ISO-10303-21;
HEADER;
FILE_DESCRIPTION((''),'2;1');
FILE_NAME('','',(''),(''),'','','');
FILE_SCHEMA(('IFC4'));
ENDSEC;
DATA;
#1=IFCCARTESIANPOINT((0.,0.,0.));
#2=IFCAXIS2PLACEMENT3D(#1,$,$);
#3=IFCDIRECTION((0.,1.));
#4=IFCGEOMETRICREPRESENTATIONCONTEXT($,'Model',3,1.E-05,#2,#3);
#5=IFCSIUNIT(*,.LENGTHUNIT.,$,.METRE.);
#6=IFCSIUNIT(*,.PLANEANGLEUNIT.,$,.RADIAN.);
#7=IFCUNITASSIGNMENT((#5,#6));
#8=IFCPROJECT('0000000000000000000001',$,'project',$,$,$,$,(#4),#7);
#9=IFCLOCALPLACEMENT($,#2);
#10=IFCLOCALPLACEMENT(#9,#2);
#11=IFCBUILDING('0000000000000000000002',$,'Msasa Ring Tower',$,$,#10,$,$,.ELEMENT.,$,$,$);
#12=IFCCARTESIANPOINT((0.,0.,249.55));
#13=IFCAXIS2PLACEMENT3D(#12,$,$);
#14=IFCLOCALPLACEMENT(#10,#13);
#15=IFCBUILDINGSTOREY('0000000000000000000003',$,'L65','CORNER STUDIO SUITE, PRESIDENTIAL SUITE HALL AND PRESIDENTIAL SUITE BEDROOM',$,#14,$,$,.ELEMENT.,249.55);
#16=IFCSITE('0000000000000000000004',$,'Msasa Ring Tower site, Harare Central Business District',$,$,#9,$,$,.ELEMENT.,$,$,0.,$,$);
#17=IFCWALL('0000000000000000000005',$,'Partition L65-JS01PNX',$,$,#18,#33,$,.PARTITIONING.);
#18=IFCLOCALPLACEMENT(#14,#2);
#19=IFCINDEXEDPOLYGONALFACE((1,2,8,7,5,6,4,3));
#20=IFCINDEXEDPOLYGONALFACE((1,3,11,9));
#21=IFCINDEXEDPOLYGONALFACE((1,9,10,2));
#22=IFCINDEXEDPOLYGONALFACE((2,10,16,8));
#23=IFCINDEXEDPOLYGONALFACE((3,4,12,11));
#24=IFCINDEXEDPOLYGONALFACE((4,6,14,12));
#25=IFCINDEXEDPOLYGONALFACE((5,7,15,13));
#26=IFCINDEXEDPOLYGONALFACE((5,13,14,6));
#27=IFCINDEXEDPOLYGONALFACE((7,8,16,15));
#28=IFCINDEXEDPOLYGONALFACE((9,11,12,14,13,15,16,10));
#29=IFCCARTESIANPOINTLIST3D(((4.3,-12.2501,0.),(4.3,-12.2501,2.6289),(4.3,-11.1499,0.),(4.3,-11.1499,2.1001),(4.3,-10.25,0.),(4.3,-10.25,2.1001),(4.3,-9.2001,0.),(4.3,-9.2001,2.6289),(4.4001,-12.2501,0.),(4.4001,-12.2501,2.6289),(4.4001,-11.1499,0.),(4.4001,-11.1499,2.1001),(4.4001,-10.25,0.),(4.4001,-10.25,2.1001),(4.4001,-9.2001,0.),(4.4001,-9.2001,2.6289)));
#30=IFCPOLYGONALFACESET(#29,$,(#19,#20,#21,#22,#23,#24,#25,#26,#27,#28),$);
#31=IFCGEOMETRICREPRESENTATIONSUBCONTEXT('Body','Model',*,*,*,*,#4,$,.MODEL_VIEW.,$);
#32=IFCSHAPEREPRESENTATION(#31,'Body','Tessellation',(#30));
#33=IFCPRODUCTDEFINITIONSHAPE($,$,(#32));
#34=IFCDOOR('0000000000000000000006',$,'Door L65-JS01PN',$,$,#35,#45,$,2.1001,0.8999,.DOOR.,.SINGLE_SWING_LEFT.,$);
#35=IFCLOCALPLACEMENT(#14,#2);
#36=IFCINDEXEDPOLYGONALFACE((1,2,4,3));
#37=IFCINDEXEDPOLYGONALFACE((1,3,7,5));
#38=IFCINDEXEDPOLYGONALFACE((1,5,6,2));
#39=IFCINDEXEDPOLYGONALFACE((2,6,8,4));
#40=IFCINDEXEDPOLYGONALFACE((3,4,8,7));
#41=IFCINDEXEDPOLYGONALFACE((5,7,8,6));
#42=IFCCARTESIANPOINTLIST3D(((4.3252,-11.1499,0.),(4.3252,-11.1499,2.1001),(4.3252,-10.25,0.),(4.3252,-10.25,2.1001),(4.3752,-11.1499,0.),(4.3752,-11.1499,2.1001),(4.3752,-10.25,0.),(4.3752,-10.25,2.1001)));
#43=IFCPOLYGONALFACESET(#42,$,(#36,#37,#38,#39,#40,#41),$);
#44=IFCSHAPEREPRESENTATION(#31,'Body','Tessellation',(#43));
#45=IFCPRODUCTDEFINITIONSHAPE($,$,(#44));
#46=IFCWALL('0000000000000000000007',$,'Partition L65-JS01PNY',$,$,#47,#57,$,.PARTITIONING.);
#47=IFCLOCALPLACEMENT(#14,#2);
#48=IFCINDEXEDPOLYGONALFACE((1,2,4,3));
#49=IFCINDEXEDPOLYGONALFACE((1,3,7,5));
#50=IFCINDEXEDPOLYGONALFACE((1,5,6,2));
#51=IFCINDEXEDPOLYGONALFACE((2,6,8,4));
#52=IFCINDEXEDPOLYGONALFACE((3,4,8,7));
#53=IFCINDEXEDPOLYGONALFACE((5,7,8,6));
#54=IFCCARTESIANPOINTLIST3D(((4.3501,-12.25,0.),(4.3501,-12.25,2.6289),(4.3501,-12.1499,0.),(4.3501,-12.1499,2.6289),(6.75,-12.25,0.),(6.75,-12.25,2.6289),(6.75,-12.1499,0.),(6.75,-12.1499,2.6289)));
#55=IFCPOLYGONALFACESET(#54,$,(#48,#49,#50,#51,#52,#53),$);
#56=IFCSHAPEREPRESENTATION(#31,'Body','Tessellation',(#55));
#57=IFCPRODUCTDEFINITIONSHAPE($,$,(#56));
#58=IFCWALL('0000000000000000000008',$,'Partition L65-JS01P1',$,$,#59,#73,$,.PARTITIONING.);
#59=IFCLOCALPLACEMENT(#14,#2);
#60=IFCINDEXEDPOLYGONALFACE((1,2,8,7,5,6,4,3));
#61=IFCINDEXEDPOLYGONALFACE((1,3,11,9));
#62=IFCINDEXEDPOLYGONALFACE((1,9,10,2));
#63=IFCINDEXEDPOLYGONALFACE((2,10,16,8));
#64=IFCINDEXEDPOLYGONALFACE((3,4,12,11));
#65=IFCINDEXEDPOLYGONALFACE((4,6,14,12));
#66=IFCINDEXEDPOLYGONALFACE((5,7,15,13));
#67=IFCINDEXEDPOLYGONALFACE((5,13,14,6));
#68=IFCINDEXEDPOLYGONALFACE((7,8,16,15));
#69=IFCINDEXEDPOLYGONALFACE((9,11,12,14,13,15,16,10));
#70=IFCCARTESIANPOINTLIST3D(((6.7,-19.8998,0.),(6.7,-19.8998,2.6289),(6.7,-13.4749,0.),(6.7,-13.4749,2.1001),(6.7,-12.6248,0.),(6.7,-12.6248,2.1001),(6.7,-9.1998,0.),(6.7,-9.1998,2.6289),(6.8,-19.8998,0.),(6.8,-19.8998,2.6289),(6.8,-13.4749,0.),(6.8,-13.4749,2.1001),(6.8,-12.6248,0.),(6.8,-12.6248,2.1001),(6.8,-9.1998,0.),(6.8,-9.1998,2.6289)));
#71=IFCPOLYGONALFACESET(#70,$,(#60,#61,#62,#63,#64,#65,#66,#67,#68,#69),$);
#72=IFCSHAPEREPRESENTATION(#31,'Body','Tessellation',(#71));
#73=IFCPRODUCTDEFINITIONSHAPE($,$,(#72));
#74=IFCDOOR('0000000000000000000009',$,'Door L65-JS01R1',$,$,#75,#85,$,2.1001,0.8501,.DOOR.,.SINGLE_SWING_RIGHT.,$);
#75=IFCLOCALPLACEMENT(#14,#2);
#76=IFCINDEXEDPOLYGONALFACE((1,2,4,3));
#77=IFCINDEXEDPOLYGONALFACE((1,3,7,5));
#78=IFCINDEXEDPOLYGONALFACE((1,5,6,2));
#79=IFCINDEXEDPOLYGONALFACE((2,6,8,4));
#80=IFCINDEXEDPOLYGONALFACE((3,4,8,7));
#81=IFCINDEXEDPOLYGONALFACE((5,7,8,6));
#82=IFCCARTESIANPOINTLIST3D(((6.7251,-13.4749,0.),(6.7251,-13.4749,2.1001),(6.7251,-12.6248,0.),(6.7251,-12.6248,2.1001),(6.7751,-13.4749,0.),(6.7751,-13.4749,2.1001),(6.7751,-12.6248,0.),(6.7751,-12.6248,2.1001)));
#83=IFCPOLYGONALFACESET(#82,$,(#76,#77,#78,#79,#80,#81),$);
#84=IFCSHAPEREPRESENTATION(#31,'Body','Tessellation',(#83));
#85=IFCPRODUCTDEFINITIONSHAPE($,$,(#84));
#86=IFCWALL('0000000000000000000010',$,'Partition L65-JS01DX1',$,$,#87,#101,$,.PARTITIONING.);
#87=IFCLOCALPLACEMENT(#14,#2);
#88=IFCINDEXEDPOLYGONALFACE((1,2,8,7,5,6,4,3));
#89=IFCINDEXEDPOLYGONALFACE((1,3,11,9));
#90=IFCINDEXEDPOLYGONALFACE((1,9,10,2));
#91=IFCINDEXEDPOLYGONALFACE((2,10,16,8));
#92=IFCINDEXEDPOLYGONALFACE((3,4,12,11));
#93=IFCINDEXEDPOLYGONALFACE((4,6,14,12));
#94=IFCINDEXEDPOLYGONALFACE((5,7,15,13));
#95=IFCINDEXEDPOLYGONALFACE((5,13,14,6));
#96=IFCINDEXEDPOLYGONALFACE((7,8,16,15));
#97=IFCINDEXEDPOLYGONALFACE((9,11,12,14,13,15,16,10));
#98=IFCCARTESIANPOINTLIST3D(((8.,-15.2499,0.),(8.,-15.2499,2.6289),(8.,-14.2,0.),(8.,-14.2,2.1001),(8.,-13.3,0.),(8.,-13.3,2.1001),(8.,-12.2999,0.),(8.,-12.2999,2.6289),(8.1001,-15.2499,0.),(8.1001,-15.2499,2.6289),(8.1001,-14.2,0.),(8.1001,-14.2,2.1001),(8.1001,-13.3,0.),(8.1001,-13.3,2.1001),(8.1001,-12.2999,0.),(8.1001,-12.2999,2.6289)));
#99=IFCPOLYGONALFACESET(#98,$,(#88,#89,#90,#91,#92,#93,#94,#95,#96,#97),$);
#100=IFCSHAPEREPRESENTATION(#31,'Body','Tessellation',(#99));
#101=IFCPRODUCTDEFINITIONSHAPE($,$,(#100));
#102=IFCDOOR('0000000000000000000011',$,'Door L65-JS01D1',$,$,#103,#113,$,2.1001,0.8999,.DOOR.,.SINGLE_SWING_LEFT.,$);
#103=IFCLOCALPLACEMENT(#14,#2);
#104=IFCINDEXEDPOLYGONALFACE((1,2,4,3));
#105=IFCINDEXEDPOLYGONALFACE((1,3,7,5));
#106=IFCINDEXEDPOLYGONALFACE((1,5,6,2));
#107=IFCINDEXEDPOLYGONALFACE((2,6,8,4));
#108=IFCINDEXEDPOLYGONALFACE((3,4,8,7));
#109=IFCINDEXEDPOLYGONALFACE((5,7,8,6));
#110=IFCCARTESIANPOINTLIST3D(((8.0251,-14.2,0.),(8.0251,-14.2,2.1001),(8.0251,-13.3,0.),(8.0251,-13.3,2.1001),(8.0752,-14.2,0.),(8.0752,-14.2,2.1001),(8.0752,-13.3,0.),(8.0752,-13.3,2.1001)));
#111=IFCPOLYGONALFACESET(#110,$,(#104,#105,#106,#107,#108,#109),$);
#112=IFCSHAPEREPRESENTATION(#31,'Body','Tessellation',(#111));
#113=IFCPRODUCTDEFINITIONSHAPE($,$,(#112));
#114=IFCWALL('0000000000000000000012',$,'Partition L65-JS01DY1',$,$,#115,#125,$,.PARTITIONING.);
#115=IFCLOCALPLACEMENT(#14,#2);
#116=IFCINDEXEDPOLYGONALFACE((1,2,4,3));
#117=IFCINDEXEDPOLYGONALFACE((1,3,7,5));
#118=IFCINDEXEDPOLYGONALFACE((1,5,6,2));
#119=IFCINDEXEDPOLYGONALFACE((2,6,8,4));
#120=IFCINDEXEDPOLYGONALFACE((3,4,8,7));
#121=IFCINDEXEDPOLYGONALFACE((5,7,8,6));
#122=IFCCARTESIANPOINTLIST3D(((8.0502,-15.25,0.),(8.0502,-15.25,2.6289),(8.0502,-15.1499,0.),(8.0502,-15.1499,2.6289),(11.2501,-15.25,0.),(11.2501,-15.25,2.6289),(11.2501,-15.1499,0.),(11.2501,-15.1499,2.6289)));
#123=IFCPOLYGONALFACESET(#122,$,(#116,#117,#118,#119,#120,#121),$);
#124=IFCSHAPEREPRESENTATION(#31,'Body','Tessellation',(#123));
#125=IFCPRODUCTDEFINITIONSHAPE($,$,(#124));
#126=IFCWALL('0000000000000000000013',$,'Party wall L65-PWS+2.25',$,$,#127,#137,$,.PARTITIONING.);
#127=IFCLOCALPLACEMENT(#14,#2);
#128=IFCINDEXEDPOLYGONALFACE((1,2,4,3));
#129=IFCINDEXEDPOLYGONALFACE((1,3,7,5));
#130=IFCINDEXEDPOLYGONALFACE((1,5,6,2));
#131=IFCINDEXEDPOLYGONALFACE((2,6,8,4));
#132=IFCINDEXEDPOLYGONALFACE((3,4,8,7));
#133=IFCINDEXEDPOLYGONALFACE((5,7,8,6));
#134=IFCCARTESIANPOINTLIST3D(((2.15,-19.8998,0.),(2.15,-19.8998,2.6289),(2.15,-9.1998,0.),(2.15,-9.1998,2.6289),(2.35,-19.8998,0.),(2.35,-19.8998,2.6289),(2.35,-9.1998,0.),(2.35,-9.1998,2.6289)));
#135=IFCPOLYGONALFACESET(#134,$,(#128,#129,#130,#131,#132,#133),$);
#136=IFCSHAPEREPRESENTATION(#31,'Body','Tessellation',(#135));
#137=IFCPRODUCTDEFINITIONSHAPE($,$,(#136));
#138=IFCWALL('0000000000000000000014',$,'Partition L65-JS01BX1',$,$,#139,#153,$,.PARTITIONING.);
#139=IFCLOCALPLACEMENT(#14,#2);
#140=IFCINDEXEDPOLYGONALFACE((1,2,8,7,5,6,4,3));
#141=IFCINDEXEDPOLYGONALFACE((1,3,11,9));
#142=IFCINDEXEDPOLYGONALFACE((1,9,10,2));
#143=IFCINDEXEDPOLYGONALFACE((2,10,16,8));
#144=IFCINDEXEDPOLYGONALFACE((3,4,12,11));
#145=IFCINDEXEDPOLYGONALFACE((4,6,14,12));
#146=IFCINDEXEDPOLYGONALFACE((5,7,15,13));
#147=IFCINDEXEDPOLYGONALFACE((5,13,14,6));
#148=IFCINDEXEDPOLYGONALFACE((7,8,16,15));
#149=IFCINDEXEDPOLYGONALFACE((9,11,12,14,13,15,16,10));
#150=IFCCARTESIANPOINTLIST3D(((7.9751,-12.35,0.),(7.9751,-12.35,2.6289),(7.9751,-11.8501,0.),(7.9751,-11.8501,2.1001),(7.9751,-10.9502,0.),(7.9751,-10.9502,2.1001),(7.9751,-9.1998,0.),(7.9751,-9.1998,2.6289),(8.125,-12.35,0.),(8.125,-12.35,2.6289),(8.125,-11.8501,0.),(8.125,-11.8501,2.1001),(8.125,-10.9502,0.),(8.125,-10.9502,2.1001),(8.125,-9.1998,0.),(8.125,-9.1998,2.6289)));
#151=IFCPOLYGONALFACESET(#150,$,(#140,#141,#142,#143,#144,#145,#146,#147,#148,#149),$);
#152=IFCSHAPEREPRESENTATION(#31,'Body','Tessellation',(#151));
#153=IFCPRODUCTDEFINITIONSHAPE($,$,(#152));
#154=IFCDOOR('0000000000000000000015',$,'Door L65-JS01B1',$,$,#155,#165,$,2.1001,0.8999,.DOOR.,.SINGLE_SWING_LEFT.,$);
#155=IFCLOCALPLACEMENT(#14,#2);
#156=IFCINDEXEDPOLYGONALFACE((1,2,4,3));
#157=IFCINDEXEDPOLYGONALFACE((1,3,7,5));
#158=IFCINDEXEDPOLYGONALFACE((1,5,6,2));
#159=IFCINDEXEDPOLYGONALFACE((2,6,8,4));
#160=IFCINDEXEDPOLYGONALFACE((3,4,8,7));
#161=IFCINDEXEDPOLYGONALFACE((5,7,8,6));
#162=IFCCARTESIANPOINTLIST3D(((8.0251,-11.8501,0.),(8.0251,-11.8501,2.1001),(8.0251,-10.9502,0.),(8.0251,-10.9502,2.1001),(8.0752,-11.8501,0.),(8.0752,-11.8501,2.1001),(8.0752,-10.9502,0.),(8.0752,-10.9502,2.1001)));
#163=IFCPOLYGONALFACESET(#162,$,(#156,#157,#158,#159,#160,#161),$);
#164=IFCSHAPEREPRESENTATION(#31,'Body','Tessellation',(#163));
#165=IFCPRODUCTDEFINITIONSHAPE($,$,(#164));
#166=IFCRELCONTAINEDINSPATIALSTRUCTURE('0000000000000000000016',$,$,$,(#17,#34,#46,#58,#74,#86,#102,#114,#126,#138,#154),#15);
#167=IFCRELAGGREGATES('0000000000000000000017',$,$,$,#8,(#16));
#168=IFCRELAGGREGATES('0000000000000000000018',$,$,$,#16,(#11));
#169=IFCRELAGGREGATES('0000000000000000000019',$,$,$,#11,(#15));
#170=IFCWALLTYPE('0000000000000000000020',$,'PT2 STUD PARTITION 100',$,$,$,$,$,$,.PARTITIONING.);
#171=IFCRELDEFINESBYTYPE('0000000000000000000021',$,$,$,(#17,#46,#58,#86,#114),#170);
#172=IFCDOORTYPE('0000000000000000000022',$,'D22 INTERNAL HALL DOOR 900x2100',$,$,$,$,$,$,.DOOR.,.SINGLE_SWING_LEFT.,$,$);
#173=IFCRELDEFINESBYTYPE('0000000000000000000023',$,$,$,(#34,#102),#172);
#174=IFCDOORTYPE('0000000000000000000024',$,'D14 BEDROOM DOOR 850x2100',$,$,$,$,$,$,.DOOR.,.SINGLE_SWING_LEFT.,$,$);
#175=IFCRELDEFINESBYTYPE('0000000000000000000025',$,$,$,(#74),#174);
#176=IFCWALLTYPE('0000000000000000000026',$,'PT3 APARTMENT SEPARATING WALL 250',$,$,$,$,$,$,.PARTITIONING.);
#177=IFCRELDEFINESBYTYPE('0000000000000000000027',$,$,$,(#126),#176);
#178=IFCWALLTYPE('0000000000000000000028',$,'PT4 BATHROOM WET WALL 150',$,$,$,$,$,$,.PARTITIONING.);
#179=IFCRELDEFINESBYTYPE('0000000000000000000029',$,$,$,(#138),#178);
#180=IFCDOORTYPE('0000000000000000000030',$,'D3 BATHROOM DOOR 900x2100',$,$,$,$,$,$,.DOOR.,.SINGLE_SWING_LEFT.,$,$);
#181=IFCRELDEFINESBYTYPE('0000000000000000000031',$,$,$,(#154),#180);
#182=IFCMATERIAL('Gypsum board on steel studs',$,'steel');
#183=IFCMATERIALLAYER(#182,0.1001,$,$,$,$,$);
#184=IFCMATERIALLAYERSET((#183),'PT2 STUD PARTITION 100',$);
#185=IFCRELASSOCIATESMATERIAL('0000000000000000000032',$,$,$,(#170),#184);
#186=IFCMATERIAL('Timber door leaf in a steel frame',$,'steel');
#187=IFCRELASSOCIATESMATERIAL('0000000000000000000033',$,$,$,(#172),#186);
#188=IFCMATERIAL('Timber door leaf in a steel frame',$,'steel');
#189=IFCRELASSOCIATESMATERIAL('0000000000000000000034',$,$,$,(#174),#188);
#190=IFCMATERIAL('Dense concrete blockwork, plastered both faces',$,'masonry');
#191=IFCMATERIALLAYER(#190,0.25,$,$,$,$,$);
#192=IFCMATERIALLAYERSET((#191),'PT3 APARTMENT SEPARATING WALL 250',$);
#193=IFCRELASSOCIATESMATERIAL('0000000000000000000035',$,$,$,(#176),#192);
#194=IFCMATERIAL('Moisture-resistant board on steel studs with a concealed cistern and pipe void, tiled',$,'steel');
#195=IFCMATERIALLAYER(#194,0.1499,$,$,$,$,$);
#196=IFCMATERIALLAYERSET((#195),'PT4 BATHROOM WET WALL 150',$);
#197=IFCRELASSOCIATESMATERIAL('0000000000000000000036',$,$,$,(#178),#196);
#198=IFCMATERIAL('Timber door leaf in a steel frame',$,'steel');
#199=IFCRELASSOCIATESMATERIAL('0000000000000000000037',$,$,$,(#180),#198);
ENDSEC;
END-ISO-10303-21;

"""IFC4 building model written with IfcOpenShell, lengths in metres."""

from ifc_helpers import new_model, si_unit, direction, frame, frame_2d, origin, place, context, subcontext, project, spatial, rectangle, extrude, material, layer, layer_set, type_object, element, fill, save


model = new_model("IFC4")

# Units and contexts
model_context = context("Model", 3, precision=1e-05, world=origin(), true_north=direction((0.0, 1.0)))
body_context = subcontext(model_context, "Body", "Model", "MODEL_VIEW")
ifc_project = project(units=[si_unit("LENGTHUNIT", "METRE"), si_unit("PLANEANGLEUNIT", "RADIAN")], contexts=[model_context])

# Site, building, storey
site_placement = place(None, origin())
site = spatial("IfcSite", under=ifc_project, at=site_placement, Name="Msasa Ring Tower site, Harare Central Business District", CompositionType="ELEMENT", RefElevation=0.0)
building_placement = place(site_placement, origin())
building = spatial("IfcBuilding", under=site, at=building_placement, Name="Msasa Ring Tower", CompositionType="ELEMENT")
storey_placement = place(building_placement, frame((0.0, 0.0, 249.55)))
storey = spatial("IfcBuildingStorey", under=building, at=storey_placement, Name="L65", Description="CORNER STUDIO SUITE, PRESIDENTIAL SUITE HALL AND PRESIDENTIAL SUITE BEDROOM", CompositionType="ELEMENT", Elevation=249.55)

# Wall, opening, door
ifc_material_1 = material(Name="Gypsum board on steel studs", Category="steel")
ifc_layer_1 = layer(ifc_material_1, 0.1001)
ifc_layer_set_1 = layer_set([ifc_layer_1], Name="PT2 STUD PARTITION 100")
wall_type_1 = type_object("IfcWallType", Name="PT2 STUD PARTITION 100", PredefinedType="PARTITIONING", material=ifc_layer_set_1)
wall_1_placement = place(storey_placement, frame((4.3501, -12.25, 0.0), z_axis=(0.0, 0.0, 1.0), x_axis=(0.0, 1.0, 0.0)))
wall_1 = element("IfcWall", 1, at=wall_1_placement, inside=storey, type_object=wall_type_1, Name="Partition L65-JS01PNX", PredefinedType="PARTITIONING", context=body_context, shape_type="SweptSolid", body=[
    extrude(rectangle(XDim=3.05, YDim=0.1001, at=frame_2d((1.5249, 0.0))), origin(), (0.0, 0.0, 1.0), 2.6289),
])
opening_1_placement = place(wall_1_placement, frame((1.1001, 0.0, 0.0)))
opening_1 = element("IfcOpeningElement", 2, at=opening_1_placement, cuts=wall_1, PredefinedType="OPENING", context=body_context, shape_type="SweptSolid", body=[
    extrude(rectangle(XDim=0.8999, YDim=2.1001, at=frame_2d((0.45, 1.05))), frame((0.0, 0.0601, 0.0), z_axis=(0.0, -1.0, 0.0), x_axis=(1.0, 0.0, 0.0)), (0.0, 0.0, 1.0), 0.1201),
])
ifc_material_2 = material(Name="Timber door leaf in a steel frame", Category="steel")
door_type_1 = type_object("IfcDoorType", Name="D22 INTERNAL HALL DOOR 900x2100", OperationType="SINGLE_SWING_LEFT", PredefinedType="DOOR", material=ifc_material_2)
door_1_placement = place(opening_1_placement, origin())
door_1 = element("IfcDoor", 3, at=door_1_placement, inside=storey, type_object=door_type_1, Name="Door L65-JS01PN", OperationType="SINGLE_SWING_LEFT", OverallHeight=2.1001, OverallWidth=0.8999, PredefinedType="DOOR", context=body_context, shape_type="SweptSolid", body=[
    extrude(rectangle(XDim=0.8999, YDim=2.1001, at=frame_2d((0.45, 1.05))), frame((0.0, 0.0249, 0.0), z_axis=(0.0, -1.0, 0.0), x_axis=(1.0, 0.0, 0.0)), (0.0, 0.0, 1.0), 0.05),
])
fill(opening_1, door_1)

# Wall
wall_2_placement = place(storey_placement, frame((4.3501, -12.2, 0.0), z_axis=(0.0, 0.0, 1.0), x_axis=(1.0, 0.0, 0.0)))
element("IfcWall", 4, at=wall_2_placement, inside=storey, type_object=wall_type_1, Name="Partition L65-JS01PNY", PredefinedType="PARTITIONING", context=body_context, shape_type="SweptSolid", body=[
    extrude(rectangle(XDim=2.3999, YDim=0.1001, at=frame_2d((1.2, 0.0))), origin(), (0.0, 0.0, 1.0), 2.6289),
])

# Walls, openings, doors
wall_3_placement = place(storey_placement, frame((6.75, -19.8999, 0.0), z_axis=(0.0, 0.0, 1.0), x_axis=(0.0, 1.0, 0.0)))
wall_3 = element("IfcWall", 5, at=wall_3_placement, inside=storey, type_object=wall_type_1, Name="Partition L65-JS01P1", PredefinedType="PARTITIONING", context=body_context, shape_type="SweptSolid", body=[
    extrude(rectangle(XDim=10.7, YDim=0.1001, at=frame_2d((5.3501, 0.0))), origin(), (0.0, 0.0, 1.0), 2.6289),
])
opening_2_placement = place(wall_3_placement, frame((6.425, 0.0, 0.0)))
opening_2 = element("IfcOpeningElement", 6, at=opening_2_placement, cuts=wall_3, PredefinedType="OPENING", context=body_context, shape_type="SweptSolid", body=[
    extrude(rectangle(XDim=0.8501, YDim=2.1001, at=frame_2d((0.425, 1.05))), frame((0.0, 0.0601, 0.0), z_axis=(0.0, -1.0, 0.0), x_axis=(1.0, 0.0, 0.0)), (0.0, 0.0, 1.0), 0.1201),
])
ifc_material_3 = material(Name="Timber door leaf in a steel frame", Category="steel")
door_type_2 = type_object("IfcDoorType", Name="D14 BEDROOM DOOR 850x2100", OperationType="SINGLE_SWING_LEFT", PredefinedType="DOOR", material=ifc_material_3)
door_2_placement = place(opening_2_placement, origin())
door_2 = element("IfcDoor", 7, at=door_2_placement, inside=storey, type_object=door_type_2, Name="Door L65-JS01R1", OperationType="SINGLE_SWING_RIGHT", OverallHeight=2.1001, OverallWidth=0.8501, PredefinedType="DOOR", context=body_context, shape_type="SweptSolid", body=[
    extrude(rectangle(XDim=0.8501, YDim=2.1001, at=frame_2d((0.425, 1.05))), frame((0.0, 0.0249, 0.0), z_axis=(0.0, -1.0, 0.0), x_axis=(1.0, 0.0, 0.0)), (0.0, 0.0, 1.0), 0.05),
])
fill(opening_2, door_2)
wall_4_placement = place(storey_placement, frame((8.05, -15.25, 0.0), z_axis=(0.0, 0.0, 1.0), x_axis=(0.0, 1.0, 0.0)))
wall_4 = element("IfcWall", 8, at=wall_4_placement, inside=storey, type_object=wall_type_1, Name="Partition L65-JS01DX1", PredefinedType="PARTITIONING", context=body_context, shape_type="SweptSolid", body=[
    extrude(rectangle(XDim=2.95, YDim=0.1001, at=frame_2d((1.4751, 0.0))), origin(), (0.0, 0.0, 1.0), 2.6289),
])
opening_3_placement = place(wall_4_placement, frame((1.05, 0.0, 0.0)))
opening_3 = element("IfcOpeningElement", 9, at=opening_3_placement, cuts=wall_4, PredefinedType="OPENING", context=body_context, shape_type="SweptSolid", body=[
    extrude(rectangle(XDim=0.8999, YDim=2.1001, at=frame_2d((0.45, 1.05))), frame((0.0, 0.0601, 0.0), z_axis=(0.0, -1.0, 0.0), x_axis=(1.0, 0.0, 0.0)), (0.0, 0.0, 1.0), 0.1201),
])
door_3_placement = place(opening_3_placement, origin())
door_3 = element("IfcDoor", 10, at=door_3_placement, inside=storey, type_object=door_type_1, Name="Door L65-JS01D1", OperationType="SINGLE_SWING_LEFT", OverallHeight=2.1001, OverallWidth=0.8999, PredefinedType="DOOR", context=body_context, shape_type="SweptSolid", body=[
    extrude(rectangle(XDim=0.8999, YDim=2.1001, at=frame_2d((0.45, 1.05))), frame((0.0, 0.0249, 0.0), z_axis=(0.0, -1.0, 0.0), x_axis=(1.0, 0.0, 0.0)), (0.0, 0.0, 1.0), 0.05),
])
fill(opening_3, door_3)

# Walls
wall_5_placement = place(storey_placement, frame((8.05, -15.2, 0.0), z_axis=(0.0, 0.0, 1.0), x_axis=(1.0, 0.0, 0.0)))
element("IfcWall", 11, at=wall_5_placement, inside=storey, type_object=wall_type_1, Name="Partition L65-JS01DY1", PredefinedType="PARTITIONING", context=body_context, shape_type="SweptSolid", body=[
    extrude(rectangle(XDim=3.2, YDim=0.1001, at=frame_2d((1.6001, 0.0))), origin(), (0.0, 0.0, 1.0), 2.6289),
])
ifc_material_4 = material(Name="Dense concrete blockwork, plastered both faces", Category="masonry")
ifc_layer_2 = layer(ifc_material_4, 0.25)
ifc_layer_set_2 = layer_set([ifc_layer_2], Name="PT3 APARTMENT SEPARATING WALL 250")
wall_type_2 = type_object("IfcWallType", Name="PT3 APARTMENT SEPARATING WALL 250", PredefinedType="PARTITIONING", material=ifc_layer_set_2)
wall_6_placement = place(storey_placement, frame((2.25, -19.8999, 0.0), z_axis=(0.0, 0.0, 1.0), x_axis=(0.0, 1.0, 0.0)))
element("IfcWall", 12, at=wall_6_placement, inside=storey, type_object=wall_type_2, Name="Party wall L65-PWS+2.25", PredefinedType="PARTITIONING", context=body_context, shape_type="SweptSolid", body=[
    extrude(rectangle(XDim=10.7, YDim=0.2, at=frame_2d((5.3501, 0.0))), origin(), (0.0, 0.0, 1.0), 2.6289),
])

# Wall, opening, door
ifc_material_5 = material(Name="Moisture-resistant board on steel studs with a concealed cistern and pipe void, tiled", Category="steel")
ifc_layer_3 = layer(ifc_material_5, 0.1499)
ifc_layer_set_3 = layer_set([ifc_layer_3], Name="PT4 BATHROOM WET WALL 150")
wall_type_3 = type_object("IfcWallType", Name="PT4 BATHROOM WET WALL 150", PredefinedType="PARTITIONING", material=ifc_layer_set_3)
wall_7_placement = place(storey_placement, frame((8.05, -12.3501, 0.0), z_axis=(0.0, 0.0, 1.0), x_axis=(0.0, 1.0, 0.0)))
wall_7 = element("IfcWall", 13, at=wall_7_placement, inside=storey, type_object=wall_type_3, Name="Partition L65-JS01BX1", PredefinedType="PARTITIONING", context=body_context, shape_type="SweptSolid", body=[
    extrude(rectangle(XDim=3.1501, YDim=0.1499, at=frame_2d((1.5752, 0.0))), origin(), (0.0, 0.0, 1.0), 2.6289),
])
opening_4_placement = place(wall_7_placement, frame((0.5, 0.0, 0.0)))
opening_4 = element("IfcOpeningElement", 14, at=opening_4_placement, cuts=wall_7, PredefinedType="OPENING", context=body_context, shape_type="SweptSolid", body=[
    extrude(rectangle(XDim=0.8999, YDim=2.1001, at=frame_2d((0.45, 1.05))), frame((0.0, 0.085, 0.0), z_axis=(0.0, -1.0, 0.0), x_axis=(1.0, 0.0, 0.0)), (0.0, 0.0, 1.0), 0.1699),
])
ifc_material_6 = material(Name="Timber door leaf in a steel frame", Category="steel")
door_type_3 = type_object("IfcDoorType", Name="D3 BATHROOM DOOR 900x2100", OperationType="SINGLE_SWING_LEFT", PredefinedType="DOOR", material=ifc_material_6)
door_4_placement = place(opening_4_placement, origin())
door_4 = element("IfcDoor", 15, at=door_4_placement, inside=storey, type_object=door_type_3, Name="Door L65-JS01B1", OperationType="SINGLE_SWING_LEFT", OverallHeight=2.1001, OverallWidth=0.8999, PredefinedType="DOOR", context=body_context, shape_type="SweptSolid", body=[
    extrude(rectangle(XDim=0.8999, YDim=2.1001, at=frame_2d((0.45, 1.05))), frame((0.0, 0.0249, 0.0), z_axis=(0.0, -1.0, 0.0), x_axis=(1.0, 0.0, 0.0)), (0.0, 0.0, 1.0), 0.05),
])
fill(opening_4, door_4)

save(model, "model.ifc")
